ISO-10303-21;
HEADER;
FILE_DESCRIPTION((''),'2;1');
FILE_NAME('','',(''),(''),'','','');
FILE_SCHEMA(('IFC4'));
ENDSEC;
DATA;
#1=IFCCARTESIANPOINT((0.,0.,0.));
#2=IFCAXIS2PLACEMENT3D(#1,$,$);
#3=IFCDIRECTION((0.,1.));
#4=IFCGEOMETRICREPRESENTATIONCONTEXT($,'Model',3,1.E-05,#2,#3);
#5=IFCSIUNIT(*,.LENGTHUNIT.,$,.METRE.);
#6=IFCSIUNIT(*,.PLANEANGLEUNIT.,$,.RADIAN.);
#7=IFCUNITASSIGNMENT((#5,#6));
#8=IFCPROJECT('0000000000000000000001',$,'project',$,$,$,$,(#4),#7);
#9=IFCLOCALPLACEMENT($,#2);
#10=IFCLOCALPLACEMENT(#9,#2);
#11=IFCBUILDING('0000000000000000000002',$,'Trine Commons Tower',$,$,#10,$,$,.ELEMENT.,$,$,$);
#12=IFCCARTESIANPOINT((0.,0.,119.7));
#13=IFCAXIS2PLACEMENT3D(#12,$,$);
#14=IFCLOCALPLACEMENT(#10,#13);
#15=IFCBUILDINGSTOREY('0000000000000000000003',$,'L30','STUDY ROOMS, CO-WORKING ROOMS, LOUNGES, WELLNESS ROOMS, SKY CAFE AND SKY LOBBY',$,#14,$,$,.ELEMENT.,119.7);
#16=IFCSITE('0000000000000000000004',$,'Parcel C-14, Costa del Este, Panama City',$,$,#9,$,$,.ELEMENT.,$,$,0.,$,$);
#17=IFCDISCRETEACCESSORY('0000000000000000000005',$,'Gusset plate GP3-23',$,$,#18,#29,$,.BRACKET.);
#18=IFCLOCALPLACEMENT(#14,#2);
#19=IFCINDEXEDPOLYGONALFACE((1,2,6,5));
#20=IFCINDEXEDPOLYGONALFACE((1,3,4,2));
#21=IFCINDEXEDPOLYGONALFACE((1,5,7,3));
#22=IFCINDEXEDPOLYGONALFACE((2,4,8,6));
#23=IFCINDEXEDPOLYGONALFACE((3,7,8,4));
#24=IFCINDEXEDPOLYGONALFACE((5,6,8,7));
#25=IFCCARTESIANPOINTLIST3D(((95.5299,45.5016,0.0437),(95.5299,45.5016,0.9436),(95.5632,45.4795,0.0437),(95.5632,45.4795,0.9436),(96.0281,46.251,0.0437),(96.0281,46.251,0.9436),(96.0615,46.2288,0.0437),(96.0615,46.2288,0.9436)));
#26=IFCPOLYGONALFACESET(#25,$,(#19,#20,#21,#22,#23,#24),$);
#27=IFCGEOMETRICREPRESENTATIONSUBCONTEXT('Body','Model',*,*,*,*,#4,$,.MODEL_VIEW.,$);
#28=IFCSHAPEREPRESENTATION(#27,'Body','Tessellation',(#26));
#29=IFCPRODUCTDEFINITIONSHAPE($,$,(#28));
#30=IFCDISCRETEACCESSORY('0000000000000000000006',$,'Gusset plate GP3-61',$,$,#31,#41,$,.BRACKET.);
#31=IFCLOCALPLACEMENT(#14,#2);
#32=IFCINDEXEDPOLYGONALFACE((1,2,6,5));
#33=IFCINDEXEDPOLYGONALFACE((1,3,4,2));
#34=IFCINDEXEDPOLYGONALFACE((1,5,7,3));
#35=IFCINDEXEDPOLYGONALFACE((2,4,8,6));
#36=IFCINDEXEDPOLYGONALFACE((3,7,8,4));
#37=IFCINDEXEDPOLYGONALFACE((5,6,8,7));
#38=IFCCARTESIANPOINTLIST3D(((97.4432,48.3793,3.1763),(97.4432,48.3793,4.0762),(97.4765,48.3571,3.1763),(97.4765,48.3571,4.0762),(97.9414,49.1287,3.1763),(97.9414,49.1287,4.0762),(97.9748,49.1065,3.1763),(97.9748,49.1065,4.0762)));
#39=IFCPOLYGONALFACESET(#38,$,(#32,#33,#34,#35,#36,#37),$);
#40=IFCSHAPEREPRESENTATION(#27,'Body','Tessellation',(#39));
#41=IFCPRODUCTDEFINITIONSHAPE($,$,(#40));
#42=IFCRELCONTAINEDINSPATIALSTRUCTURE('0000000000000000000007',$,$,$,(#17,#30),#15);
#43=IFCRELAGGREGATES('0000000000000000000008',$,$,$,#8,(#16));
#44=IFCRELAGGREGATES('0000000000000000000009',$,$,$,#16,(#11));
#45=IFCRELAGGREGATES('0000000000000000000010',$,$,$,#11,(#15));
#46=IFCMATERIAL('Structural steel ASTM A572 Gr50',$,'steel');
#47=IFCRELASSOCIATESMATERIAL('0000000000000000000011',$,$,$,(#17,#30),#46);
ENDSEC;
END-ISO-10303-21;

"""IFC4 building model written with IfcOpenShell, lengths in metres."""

from ifc_helpers import new_model, si_unit, direction, frame, origin, origin_2d, place, context, subcontext, project, spatial, rectangle, extrude, material, element, save


model = new_model("IFC4")

# Units and contexts
model_context = context("Model", 3, precision=1e-05, world=origin(), true_north=direction((0.0, 1.0)))
body_context = subcontext(model_context, "Body", "Model", "MODEL_VIEW")
ifc_project = project(units=[si_unit("LENGTHUNIT", "METRE"), si_unit("PLANEANGLEUNIT", "RADIAN")], contexts=[model_context])

# Site, building, storey
site_placement = place(None, origin())
site = spatial("IfcSite", under=ifc_project, at=site_placement, Name="Parcel C-14, Costa del Este, Panama City", CompositionType="ELEMENT", RefElevation=0.0)
building_placement = place(site_placement, origin())
building = spatial("IfcBuilding", under=site, at=building_placement, Name="Trine Commons Tower", CompositionType="ELEMENT")
storey_placement = place(building_placement, frame((0.0, 0.0, 119.7)))
storey = spatial("IfcBuildingStorey", under=building, at=storey_placement, Name="L30", Description="STUDY ROOMS, CO-WORKING ROOMS, LOUNGES, WELLNESS ROOMS, SKY CAFE AND SKY LOBBY", CompositionType="ELEMENT", Elevation=119.7)

# Discrete accessories
ifc_material_1 = material(Name="Structural steel ASTM A572 Gr50", Category="steel")
for number, where, z_axis, x_axis, name in (
    (1, (95.7957, 45.8652, 0.0437), (0.0, 0.0, 1.0), (0.553682, 0.832728, 0.0), "Gusset plate GP3-23"),
    (2, (97.709, 48.7429, 3.1763), (0.0, 0.0, 1.0), (0.553682, 0.832728, 0.0), "Gusset plate GP3-61"),
):
    element("IfcDiscreteAccessory", number, at=place(storey_placement, frame(where, z_axis=z_axis, x_axis=x_axis)), inside=storey, material=ifc_material_1, Name=name, PredefinedType="BRACKET", context=body_context, shape_type="SweptSolid", body=[
        extrude(rectangle(XDim=0.8999, YDim=0.04, at=origin_2d()), origin(), (0.0, 0.0, 1.0), 0.8999),
    ])

save(model, "model.ifc")
